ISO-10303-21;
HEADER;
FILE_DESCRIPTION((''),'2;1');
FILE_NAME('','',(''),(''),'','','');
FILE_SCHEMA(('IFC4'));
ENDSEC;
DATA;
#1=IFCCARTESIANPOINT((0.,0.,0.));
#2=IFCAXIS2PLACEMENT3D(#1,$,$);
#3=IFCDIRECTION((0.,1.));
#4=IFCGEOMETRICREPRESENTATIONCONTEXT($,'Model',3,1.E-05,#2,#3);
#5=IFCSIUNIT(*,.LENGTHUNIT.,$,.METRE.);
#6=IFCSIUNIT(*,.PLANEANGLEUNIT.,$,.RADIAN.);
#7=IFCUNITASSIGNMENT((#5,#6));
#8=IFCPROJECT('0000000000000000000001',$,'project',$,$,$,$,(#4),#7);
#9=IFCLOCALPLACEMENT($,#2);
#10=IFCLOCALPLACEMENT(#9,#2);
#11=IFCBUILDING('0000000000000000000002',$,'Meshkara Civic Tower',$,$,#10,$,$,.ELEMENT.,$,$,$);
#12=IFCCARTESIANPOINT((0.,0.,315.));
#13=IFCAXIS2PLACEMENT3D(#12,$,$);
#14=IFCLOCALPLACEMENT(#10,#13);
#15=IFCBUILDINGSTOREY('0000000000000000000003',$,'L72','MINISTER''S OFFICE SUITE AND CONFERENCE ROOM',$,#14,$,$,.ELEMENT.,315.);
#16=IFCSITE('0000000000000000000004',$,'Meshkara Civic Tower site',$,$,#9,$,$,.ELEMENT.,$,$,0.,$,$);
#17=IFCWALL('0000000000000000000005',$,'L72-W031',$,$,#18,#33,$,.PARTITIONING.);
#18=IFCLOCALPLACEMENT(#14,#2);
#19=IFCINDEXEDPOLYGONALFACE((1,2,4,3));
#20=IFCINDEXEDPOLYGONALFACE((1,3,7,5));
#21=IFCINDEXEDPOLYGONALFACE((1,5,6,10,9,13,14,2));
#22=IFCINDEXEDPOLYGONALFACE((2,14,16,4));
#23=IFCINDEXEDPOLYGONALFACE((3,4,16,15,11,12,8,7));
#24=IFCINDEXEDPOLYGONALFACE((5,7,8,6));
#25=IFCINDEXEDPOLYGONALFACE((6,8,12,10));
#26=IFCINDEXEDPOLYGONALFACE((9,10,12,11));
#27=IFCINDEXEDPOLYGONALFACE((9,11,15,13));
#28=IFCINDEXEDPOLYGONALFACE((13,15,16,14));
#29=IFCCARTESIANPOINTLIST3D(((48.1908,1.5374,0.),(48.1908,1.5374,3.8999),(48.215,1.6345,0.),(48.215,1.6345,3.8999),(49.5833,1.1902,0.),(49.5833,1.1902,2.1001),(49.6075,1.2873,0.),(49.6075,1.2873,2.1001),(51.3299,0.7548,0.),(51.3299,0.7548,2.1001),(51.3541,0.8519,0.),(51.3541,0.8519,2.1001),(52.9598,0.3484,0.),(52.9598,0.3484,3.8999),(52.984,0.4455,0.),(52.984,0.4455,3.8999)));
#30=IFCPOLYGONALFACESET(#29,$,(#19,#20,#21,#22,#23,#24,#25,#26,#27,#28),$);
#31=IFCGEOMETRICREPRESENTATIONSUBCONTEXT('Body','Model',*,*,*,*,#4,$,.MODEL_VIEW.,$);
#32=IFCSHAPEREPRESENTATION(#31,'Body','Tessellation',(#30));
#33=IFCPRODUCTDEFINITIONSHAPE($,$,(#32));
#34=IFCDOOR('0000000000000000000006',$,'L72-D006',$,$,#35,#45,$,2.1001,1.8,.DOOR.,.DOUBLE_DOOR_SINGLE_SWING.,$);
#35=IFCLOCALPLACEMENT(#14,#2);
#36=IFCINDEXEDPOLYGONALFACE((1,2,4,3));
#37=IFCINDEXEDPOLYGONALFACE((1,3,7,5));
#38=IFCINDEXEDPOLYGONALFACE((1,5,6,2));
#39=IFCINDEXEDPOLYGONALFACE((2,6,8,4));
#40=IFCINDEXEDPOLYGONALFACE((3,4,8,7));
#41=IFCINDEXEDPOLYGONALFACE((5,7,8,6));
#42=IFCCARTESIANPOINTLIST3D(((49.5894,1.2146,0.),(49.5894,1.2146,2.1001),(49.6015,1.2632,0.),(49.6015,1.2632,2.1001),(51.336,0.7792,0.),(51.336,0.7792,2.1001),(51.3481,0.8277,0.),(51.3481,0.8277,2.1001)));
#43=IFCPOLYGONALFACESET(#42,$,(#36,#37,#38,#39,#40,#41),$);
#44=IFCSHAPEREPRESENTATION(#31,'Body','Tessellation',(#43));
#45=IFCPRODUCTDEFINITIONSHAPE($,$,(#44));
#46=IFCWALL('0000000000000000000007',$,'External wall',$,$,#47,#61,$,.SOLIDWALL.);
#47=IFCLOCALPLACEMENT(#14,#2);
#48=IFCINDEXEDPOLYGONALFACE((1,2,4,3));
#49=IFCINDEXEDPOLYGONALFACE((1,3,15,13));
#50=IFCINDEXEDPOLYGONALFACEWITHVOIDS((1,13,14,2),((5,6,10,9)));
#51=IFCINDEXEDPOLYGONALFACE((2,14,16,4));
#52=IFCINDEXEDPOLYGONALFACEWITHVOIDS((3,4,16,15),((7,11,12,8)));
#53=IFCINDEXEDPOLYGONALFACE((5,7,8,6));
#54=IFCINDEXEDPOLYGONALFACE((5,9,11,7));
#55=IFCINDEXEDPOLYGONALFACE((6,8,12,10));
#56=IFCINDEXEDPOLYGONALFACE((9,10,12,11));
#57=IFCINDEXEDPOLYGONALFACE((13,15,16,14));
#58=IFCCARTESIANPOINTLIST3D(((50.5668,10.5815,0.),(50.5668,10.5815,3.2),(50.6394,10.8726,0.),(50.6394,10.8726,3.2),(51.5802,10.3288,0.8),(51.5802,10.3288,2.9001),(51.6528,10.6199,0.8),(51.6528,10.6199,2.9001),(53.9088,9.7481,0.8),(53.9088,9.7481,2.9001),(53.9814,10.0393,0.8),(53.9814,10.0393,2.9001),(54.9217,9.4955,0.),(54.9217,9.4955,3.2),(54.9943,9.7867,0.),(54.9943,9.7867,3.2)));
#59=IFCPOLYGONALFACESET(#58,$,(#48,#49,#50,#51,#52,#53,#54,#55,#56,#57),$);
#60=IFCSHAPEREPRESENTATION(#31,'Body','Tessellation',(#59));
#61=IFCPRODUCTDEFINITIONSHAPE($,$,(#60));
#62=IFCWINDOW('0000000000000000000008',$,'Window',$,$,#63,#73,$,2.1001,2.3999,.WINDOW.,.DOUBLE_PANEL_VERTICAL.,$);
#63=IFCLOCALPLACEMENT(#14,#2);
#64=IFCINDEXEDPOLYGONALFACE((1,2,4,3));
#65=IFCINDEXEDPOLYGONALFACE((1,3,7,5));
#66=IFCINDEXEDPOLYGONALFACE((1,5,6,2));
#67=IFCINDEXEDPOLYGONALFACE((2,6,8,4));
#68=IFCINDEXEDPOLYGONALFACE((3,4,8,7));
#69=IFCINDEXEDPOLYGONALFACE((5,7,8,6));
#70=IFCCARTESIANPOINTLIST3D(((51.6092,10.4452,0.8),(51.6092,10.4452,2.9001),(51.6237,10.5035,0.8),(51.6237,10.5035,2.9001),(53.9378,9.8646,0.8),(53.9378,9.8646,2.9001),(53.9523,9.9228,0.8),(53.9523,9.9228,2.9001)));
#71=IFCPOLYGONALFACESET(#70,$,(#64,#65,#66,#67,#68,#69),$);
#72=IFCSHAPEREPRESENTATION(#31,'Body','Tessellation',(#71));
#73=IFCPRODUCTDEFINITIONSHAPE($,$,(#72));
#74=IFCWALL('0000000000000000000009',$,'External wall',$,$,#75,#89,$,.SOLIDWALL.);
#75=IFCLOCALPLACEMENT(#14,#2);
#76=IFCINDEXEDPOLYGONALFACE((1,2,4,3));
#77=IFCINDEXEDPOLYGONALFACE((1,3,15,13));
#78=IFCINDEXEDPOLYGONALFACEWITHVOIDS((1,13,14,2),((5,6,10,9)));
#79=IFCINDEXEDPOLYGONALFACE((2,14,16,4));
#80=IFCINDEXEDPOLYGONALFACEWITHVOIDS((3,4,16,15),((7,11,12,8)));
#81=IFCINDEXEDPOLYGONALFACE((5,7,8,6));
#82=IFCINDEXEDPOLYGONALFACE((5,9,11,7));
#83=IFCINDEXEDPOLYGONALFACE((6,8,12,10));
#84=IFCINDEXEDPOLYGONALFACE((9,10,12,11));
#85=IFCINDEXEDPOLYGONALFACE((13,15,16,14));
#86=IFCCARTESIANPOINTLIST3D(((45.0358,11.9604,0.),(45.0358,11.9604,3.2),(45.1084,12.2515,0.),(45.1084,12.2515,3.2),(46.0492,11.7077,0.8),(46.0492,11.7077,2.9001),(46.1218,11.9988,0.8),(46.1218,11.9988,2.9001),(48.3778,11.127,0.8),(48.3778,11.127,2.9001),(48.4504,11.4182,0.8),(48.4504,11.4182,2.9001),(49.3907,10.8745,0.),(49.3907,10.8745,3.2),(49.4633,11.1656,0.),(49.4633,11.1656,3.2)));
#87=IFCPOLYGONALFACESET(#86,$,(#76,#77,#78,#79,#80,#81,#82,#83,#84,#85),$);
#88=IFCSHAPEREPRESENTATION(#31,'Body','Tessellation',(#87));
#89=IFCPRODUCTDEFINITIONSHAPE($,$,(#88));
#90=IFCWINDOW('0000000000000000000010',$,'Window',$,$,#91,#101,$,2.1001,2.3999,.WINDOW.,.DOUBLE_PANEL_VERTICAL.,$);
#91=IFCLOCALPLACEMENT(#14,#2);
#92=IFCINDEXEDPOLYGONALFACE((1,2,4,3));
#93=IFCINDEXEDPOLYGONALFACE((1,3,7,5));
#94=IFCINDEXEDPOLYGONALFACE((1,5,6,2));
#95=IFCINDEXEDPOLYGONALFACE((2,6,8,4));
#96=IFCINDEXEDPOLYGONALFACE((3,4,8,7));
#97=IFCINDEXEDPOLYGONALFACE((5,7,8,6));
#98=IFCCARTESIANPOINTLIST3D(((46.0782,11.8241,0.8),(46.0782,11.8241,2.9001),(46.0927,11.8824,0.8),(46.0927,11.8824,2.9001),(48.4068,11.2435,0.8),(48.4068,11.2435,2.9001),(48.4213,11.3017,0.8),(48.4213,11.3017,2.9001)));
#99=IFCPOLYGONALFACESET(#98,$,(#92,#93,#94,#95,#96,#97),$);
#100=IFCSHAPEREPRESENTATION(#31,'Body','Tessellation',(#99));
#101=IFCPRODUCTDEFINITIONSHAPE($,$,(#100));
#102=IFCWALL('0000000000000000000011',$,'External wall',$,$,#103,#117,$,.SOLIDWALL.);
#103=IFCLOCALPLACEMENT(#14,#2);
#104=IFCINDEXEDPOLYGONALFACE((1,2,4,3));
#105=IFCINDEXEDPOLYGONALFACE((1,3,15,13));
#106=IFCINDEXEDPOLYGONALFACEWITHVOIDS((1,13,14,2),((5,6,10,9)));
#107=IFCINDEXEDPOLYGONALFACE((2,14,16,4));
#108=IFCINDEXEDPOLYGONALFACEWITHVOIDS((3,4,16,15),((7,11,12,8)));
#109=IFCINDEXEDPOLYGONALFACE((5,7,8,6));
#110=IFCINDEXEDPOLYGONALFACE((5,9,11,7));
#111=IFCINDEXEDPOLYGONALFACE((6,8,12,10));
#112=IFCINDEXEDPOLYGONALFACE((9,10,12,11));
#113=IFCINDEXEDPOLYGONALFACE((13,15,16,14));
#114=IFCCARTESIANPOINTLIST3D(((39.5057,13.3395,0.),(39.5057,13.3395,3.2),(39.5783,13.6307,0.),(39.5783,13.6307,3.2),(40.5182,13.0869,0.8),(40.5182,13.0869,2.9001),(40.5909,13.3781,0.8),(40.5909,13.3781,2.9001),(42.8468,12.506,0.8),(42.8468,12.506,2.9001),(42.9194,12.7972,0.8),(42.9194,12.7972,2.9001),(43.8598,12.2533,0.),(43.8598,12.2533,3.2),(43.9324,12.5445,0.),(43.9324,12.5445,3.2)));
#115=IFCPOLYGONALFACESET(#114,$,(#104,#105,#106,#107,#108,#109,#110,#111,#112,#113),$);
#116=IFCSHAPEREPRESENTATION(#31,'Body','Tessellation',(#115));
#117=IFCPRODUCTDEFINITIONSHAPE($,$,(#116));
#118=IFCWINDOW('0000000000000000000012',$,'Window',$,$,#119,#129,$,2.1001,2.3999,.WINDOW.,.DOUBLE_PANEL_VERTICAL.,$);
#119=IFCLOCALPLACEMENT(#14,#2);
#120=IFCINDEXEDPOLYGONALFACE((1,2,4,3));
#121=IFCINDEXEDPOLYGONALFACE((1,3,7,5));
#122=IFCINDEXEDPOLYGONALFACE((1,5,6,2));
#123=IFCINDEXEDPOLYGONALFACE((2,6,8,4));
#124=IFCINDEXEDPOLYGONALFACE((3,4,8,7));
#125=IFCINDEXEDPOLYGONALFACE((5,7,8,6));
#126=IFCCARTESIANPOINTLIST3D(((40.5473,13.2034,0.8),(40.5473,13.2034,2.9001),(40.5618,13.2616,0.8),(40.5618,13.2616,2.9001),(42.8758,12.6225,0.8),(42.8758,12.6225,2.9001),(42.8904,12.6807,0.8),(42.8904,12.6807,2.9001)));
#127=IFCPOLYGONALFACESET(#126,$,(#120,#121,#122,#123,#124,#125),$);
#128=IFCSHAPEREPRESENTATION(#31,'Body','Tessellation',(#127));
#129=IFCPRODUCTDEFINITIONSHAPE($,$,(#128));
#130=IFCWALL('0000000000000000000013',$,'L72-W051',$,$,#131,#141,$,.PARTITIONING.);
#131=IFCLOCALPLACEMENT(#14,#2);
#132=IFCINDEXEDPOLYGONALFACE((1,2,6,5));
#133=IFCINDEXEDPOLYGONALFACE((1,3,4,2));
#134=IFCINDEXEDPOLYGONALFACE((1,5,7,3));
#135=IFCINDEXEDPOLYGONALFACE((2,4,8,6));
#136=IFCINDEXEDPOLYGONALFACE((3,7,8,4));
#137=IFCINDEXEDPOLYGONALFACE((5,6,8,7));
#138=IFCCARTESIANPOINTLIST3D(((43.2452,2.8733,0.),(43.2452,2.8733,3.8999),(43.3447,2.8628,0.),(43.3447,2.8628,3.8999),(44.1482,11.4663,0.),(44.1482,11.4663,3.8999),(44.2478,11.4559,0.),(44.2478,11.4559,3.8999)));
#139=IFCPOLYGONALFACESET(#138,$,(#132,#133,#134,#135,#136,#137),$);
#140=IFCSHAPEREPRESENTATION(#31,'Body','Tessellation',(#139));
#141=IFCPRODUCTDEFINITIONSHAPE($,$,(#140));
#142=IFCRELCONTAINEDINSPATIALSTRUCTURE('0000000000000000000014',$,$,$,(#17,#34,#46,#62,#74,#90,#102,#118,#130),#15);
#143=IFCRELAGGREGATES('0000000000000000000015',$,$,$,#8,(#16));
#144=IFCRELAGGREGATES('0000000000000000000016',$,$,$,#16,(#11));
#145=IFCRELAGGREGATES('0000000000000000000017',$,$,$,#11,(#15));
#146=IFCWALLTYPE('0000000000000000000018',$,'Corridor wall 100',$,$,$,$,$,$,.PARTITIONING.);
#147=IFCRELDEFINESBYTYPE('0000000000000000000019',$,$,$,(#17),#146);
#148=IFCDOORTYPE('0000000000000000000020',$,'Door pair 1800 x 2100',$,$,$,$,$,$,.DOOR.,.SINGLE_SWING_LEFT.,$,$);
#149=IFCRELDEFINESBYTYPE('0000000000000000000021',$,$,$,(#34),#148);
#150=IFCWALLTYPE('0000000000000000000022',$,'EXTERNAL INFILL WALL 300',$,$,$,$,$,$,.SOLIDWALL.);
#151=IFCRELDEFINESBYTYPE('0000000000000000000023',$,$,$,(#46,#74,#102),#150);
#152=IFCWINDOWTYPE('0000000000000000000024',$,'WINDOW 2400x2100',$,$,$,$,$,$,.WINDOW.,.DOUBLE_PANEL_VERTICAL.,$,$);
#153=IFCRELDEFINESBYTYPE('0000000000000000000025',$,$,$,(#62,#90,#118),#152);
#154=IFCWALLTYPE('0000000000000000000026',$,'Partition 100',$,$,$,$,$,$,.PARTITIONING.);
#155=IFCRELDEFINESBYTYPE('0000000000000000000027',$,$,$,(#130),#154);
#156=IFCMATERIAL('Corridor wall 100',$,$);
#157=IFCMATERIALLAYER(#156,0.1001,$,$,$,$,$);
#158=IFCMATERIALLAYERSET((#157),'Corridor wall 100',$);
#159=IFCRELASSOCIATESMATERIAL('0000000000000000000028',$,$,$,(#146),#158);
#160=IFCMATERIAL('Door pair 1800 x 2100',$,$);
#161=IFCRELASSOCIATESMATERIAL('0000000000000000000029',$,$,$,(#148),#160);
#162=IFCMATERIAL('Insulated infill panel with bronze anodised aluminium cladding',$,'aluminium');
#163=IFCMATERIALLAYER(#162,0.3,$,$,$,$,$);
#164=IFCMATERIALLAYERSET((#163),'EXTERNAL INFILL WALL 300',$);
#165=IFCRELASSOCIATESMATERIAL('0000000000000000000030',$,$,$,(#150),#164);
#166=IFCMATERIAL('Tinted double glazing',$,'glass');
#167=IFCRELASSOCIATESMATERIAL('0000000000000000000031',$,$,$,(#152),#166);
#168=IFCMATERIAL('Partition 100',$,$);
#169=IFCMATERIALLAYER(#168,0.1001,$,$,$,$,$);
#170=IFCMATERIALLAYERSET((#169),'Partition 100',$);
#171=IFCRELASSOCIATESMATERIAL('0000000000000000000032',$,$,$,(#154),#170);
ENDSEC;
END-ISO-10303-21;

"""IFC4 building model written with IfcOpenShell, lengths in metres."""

from ifc_helpers import new_model, si_unit, direction, frame, frame_2d, origin, place, context, subcontext, project, spatial, rectangle, extrude, material, layer, layer_set, type_object, element, fill, save


model = new_model("IFC4")

# Units and contexts
model_context = context("Model", 3, precision=1e-05, world=origin(), true_north=direction((0.0, 1.0)))
body_context = subcontext(model_context, "Body", "Model", "MODEL_VIEW")
ifc_project = project(units=[si_unit("LENGTHUNIT", "METRE"), si_unit("PLANEANGLEUNIT", "RADIAN")], contexts=[model_context])

# Site, building, storey
site_placement = place(None, origin())
site = spatial("IfcSite", under=ifc_project, at=site_placement, Name="Meshkara Civic Tower site", CompositionType="ELEMENT", RefElevation=0.0)
building_placement = place(site_placement, origin())
building = spatial("IfcBuilding", under=site, at=building_placement, Name="Meshkara Civic Tower", CompositionType="ELEMENT")
storey_placement = place(building_placement, frame((0.0, 0.0, 315.0)))
storey = spatial("IfcBuildingStorey", under=building, at=storey_placement, Name="L72", Description="MINISTER'S OFFICE SUITE AND CONFERENCE ROOM", CompositionType="ELEMENT", Elevation=315.0)

# Shared definitions
ifc_material_1 = material(Name="Corridor wall 100")
ifc_layer_1 = layer(ifc_material_1, 0.1001)
ifc_layer_set_1 = layer_set([ifc_layer_1], Name="Corridor wall 100")
wall_type_1 = type_object("IfcWallType", Name="Corridor wall 100", PredefinedType="PARTITIONING", material=ifc_layer_set_1)

# Wall, opening, door
wall_1_placement = place(storey_placement, frame((52.9719, 0.397, 0.0), z_axis=(0.0, 0.0, 1.0), x_axis=(-0.9703, 0.241904, 0.0)))
wall_1 = element("IfcWall", 1, at=wall_1_placement, inside=storey, type_object=wall_type_1, Name="L72-W031", PredefinedType="PARTITIONING", context=body_context, shape_type="SweptSolid", body=[
    extrude(rectangle(XDim=4.915, YDim=0.1001, at=frame_2d((2.4575, 0.0))), origin(), (0.0, 0.0, 1.0), 3.8999),
])
opening_1_placement = place(wall_1_placement, frame((1.6799, 0.0, 0.0)))
opening_1 = element("IfcOpeningElement", 2, at=opening_1_placement, cuts=wall_1, PredefinedType="OPENING", context=body_context, shape_type="SweptSolid", body=[
    extrude(rectangle(XDim=1.8, YDim=2.1001, at=frame_2d((0.8999, 1.05))), frame((0.0, 0.0601, 0.0), z_axis=(0.0, -1.0, 0.0), x_axis=(1.0, 0.0, 0.0)), (0.0, 0.0, 1.0), 0.1201),
])
ifc_material_2 = material(Name="Door pair 1800 x 2100")
door_type_1 = type_object("IfcDoorType", Name="Door pair 1800 x 2100", OperationType="SINGLE_SWING_LEFT", PredefinedType="DOOR", material=ifc_material_2)
door_1_placement = place(opening_1_placement, origin())
door_1 = element("IfcDoor", 3, at=door_1_placement, inside=storey, type_object=door_type_1, Name="L72-D006", OperationType="DOUBLE_DOOR_SINGLE_SWING", OverallHeight=2.1001, OverallWidth=1.8, PredefinedType="DOOR", context=body_context, shape_type="SweptSolid", body=[
    extrude(rectangle(XDim=1.8, YDim=2.1001, at=frame_2d((0.8999, 1.05))), frame((0.0, 0.0249, 0.0), z_axis=(0.0, -1.0, 0.0), x_axis=(1.0, 0.0, 0.0)), (0.0, 0.0, 1.0), 0.05),
])
fill(opening_1, door_1)

# Walls, openings, windows
ifc_material_3 = material(Name="Insulated infill panel with bronze anodised aluminium cladding", Category="aluminium")
ifc_layer_2 = layer(ifc_material_3, 0.3)
ifc_layer_set_2 = layer_set([ifc_layer_2], Name="EXTERNAL INFILL WALL 300")
wall_type_2 = type_object("IfcWallType", Name="EXTERNAL INFILL WALL 300", PredefinedType="SOLIDWALL", material=ifc_layer_set_2)
wall_2_placement = place(storey_placement, frame((54.958, 9.6411, 0.0), z_axis=(0.0, 0.0, 1.0), x_axis=(-0.97029, 0.241947, 0.0)))
wall_2 = element("IfcWall", 4, at=wall_2_placement, inside=storey, type_object=wall_type_2, Name="External wall", PredefinedType="SOLIDWALL", context=body_context, shape_type="SweptSolid", body=[
    extrude(rectangle(XDim=4.4883, YDim=0.3, at=frame_2d((2.2441, 0.0))), origin(), (0.0, 0.0, 1.0), 3.2),
])
opening_2_placement = place(wall_2_placement, frame((1.0439, 0.0, 0.8)))
opening_2 = element("IfcOpeningElement", 5, at=opening_2_placement, cuts=wall_2, PredefinedType="OPENING", context=body_context, shape_type="SweptSolid", body=[
    extrude(rectangle(XDim=2.3999, YDim=2.1001, at=frame_2d((1.2, 1.05))), frame((0.0, 0.1599, 0.0), z_axis=(0.0, -1.0, 0.0), x_axis=(1.0, 0.0, 0.0)), (0.0, 0.0, 1.0), 0.3201),
])
ifc_material_4 = material(Name="Tinted double glazing", Category="glass")
window_type = type_object("IfcWindowType", Name="WINDOW 2400x2100", PartitioningType="DOUBLE_PANEL_VERTICAL", PredefinedType="WINDOW", material=ifc_material_4)
window_1_placement = place(opening_2_placement, origin())
window_1 = element("IfcWindow", 6, at=window_1_placement, inside=storey, type_object=window_type, Name="Window", OverallHeight=2.1001, OverallWidth=2.3999, PartitioningType="DOUBLE_PANEL_VERTICAL", PredefinedType="WINDOW", context=body_context, shape_type="SweptSolid", body=[
    extrude(rectangle(XDim=2.3999, YDim=2.1001, at=frame_2d((1.2, 1.05))), frame((0.0, 0.03, 0.0), z_axis=(0.0, -1.0, 0.0), x_axis=(1.0, 0.0, 0.0)), (0.0, 0.0, 1.0), 0.0601),
])
fill(opening_2, window_1)
wall_3_placement = place(storey_placement, frame((49.427, 11.02, 0.0), z_axis=(0.0, 0.0, 1.0), x_axis=(-0.97029, 0.241947, 0.0)))
wall_3 = element("IfcWall", 7, at=wall_3_placement, inside=storey, type_object=wall_type_2, Name="External wall", PredefinedType="SOLIDWALL", context=body_context, shape_type="SweptSolid", body=[
    extrude(rectangle(XDim=4.4883, YDim=0.3, at=frame_2d((2.2441, 0.0))), origin(), (0.0, 0.0, 1.0), 3.2),
])
opening_3_placement = place(wall_3_placement, frame((1.0439, 0.0, 0.8)))
opening_3 = element("IfcOpeningElement", 8, at=opening_3_placement, cuts=wall_3, PredefinedType="OPENING", context=body_context, shape_type="SweptSolid", body=[
    extrude(rectangle(XDim=2.3999, YDim=2.1001, at=frame_2d((1.2, 1.05))), frame((0.0, 0.1599, 0.0), z_axis=(0.0, -1.0, 0.0), x_axis=(1.0, 0.0, 0.0)), (0.0, 0.0, 1.0), 0.3201),
])
window_2_placement = place(opening_3_placement, origin())
window_2 = element("IfcWindow", 9, at=window_2_placement, inside=storey, type_object=window_type, Name="Window", OverallHeight=2.1001, OverallWidth=2.3999, PartitioningType="DOUBLE_PANEL_VERTICAL", PredefinedType="WINDOW", context=body_context, shape_type="SweptSolid", body=[
    extrude(rectangle(XDim=2.3999, YDim=2.1001, at=frame_2d((1.2, 1.05))), frame((0.0, 0.03, 0.0), z_axis=(0.0, -1.0, 0.0), x_axis=(1.0, 0.0, 0.0)), (0.0, 0.0, 1.0), 0.0601),
])
fill(opening_3, window_2)
wall_4_placement = place(storey_placement, frame((43.896, 12.3989, 0.0), z_axis=(0.0, 0.0, 1.0), x_axis=(-0.970264, 0.242049, 0.0)))
wall_4 = element("IfcWall", 10, at=wall_4_placement, inside=storey, type_object=wall_type_2, Name="External wall", PredefinedType="SOLIDWALL", context=body_context, shape_type="SweptSolid", body=[
    extrude(rectangle(XDim=4.4875, YDim=0.3, at=frame_2d((2.2437, 0.0))), origin(), (0.0, 0.0, 1.0), 3.2),
])
opening_4_placement = place(wall_4_placement, frame((1.0439, 0.0, 0.8)))
opening_4 = element("IfcOpeningElement", 11, at=opening_4_placement, cuts=wall_4, PredefinedType="OPENING", context=body_context, shape_type="SweptSolid", body=[
    extrude(rectangle(XDim=2.3999, YDim=2.1001, at=frame_2d((1.2, 1.05))), frame((0.0, 0.1599, 0.0), z_axis=(0.0, -1.0, 0.0), x_axis=(1.0, 0.0, 0.0)), (0.0, 0.0, 1.0), 0.3201),
])
window_3_placement = place(opening_4_placement, origin())
window_3 = element("IfcWindow", 12, at=window_3_placement, inside=storey, type_object=window_type, Name="Window", OverallHeight=2.1001, OverallWidth=2.3999, PartitioningType="DOUBLE_PANEL_VERTICAL", PredefinedType="WINDOW", context=body_context, shape_type="SweptSolid", body=[
    extrude(rectangle(XDim=2.3999, YDim=2.1001, at=frame_2d((1.2, 1.05))), frame((0.0, 0.03, 0.0), z_axis=(0.0, -1.0, 0.0), x_axis=(1.0, 0.0, 0.0)), (0.0, 0.0, 1.0), 0.0601),
])
fill(opening_4, window_3)

# Wall
ifc_material_5 = material(Name="Partition 100")
ifc_layer_3 = layer(ifc_material_5, 0.1001)
ifc_layer_set_3 = layer_set([ifc_layer_3], Name="Partition 100")
wall_type_3 = type_object("IfcWallType", Name="Partition 100", PredefinedType="PARTITIONING", material=ifc_layer_set_3)
wall_5_placement = place(storey_placement, frame((43.2949, 2.8679, 0.0), z_axis=(0.0, 0.0, 1.0), x_axis=(0.104519, 0.994523, 0.0)))
element("IfcWall", 13, at=wall_5_placement, inside=storey, type_object=wall_type_3, Name="L72-W051", PredefinedType="PARTITIONING", context=body_context, shape_type="SweptSolid", body=[
    extrude(rectangle(XDim=8.6404, YDim=0.1001, at=frame_2d((4.3203, 0.0))), origin(), (0.0, 0.0, 1.0), 3.8999),
])

save(model, "model.ifc")
